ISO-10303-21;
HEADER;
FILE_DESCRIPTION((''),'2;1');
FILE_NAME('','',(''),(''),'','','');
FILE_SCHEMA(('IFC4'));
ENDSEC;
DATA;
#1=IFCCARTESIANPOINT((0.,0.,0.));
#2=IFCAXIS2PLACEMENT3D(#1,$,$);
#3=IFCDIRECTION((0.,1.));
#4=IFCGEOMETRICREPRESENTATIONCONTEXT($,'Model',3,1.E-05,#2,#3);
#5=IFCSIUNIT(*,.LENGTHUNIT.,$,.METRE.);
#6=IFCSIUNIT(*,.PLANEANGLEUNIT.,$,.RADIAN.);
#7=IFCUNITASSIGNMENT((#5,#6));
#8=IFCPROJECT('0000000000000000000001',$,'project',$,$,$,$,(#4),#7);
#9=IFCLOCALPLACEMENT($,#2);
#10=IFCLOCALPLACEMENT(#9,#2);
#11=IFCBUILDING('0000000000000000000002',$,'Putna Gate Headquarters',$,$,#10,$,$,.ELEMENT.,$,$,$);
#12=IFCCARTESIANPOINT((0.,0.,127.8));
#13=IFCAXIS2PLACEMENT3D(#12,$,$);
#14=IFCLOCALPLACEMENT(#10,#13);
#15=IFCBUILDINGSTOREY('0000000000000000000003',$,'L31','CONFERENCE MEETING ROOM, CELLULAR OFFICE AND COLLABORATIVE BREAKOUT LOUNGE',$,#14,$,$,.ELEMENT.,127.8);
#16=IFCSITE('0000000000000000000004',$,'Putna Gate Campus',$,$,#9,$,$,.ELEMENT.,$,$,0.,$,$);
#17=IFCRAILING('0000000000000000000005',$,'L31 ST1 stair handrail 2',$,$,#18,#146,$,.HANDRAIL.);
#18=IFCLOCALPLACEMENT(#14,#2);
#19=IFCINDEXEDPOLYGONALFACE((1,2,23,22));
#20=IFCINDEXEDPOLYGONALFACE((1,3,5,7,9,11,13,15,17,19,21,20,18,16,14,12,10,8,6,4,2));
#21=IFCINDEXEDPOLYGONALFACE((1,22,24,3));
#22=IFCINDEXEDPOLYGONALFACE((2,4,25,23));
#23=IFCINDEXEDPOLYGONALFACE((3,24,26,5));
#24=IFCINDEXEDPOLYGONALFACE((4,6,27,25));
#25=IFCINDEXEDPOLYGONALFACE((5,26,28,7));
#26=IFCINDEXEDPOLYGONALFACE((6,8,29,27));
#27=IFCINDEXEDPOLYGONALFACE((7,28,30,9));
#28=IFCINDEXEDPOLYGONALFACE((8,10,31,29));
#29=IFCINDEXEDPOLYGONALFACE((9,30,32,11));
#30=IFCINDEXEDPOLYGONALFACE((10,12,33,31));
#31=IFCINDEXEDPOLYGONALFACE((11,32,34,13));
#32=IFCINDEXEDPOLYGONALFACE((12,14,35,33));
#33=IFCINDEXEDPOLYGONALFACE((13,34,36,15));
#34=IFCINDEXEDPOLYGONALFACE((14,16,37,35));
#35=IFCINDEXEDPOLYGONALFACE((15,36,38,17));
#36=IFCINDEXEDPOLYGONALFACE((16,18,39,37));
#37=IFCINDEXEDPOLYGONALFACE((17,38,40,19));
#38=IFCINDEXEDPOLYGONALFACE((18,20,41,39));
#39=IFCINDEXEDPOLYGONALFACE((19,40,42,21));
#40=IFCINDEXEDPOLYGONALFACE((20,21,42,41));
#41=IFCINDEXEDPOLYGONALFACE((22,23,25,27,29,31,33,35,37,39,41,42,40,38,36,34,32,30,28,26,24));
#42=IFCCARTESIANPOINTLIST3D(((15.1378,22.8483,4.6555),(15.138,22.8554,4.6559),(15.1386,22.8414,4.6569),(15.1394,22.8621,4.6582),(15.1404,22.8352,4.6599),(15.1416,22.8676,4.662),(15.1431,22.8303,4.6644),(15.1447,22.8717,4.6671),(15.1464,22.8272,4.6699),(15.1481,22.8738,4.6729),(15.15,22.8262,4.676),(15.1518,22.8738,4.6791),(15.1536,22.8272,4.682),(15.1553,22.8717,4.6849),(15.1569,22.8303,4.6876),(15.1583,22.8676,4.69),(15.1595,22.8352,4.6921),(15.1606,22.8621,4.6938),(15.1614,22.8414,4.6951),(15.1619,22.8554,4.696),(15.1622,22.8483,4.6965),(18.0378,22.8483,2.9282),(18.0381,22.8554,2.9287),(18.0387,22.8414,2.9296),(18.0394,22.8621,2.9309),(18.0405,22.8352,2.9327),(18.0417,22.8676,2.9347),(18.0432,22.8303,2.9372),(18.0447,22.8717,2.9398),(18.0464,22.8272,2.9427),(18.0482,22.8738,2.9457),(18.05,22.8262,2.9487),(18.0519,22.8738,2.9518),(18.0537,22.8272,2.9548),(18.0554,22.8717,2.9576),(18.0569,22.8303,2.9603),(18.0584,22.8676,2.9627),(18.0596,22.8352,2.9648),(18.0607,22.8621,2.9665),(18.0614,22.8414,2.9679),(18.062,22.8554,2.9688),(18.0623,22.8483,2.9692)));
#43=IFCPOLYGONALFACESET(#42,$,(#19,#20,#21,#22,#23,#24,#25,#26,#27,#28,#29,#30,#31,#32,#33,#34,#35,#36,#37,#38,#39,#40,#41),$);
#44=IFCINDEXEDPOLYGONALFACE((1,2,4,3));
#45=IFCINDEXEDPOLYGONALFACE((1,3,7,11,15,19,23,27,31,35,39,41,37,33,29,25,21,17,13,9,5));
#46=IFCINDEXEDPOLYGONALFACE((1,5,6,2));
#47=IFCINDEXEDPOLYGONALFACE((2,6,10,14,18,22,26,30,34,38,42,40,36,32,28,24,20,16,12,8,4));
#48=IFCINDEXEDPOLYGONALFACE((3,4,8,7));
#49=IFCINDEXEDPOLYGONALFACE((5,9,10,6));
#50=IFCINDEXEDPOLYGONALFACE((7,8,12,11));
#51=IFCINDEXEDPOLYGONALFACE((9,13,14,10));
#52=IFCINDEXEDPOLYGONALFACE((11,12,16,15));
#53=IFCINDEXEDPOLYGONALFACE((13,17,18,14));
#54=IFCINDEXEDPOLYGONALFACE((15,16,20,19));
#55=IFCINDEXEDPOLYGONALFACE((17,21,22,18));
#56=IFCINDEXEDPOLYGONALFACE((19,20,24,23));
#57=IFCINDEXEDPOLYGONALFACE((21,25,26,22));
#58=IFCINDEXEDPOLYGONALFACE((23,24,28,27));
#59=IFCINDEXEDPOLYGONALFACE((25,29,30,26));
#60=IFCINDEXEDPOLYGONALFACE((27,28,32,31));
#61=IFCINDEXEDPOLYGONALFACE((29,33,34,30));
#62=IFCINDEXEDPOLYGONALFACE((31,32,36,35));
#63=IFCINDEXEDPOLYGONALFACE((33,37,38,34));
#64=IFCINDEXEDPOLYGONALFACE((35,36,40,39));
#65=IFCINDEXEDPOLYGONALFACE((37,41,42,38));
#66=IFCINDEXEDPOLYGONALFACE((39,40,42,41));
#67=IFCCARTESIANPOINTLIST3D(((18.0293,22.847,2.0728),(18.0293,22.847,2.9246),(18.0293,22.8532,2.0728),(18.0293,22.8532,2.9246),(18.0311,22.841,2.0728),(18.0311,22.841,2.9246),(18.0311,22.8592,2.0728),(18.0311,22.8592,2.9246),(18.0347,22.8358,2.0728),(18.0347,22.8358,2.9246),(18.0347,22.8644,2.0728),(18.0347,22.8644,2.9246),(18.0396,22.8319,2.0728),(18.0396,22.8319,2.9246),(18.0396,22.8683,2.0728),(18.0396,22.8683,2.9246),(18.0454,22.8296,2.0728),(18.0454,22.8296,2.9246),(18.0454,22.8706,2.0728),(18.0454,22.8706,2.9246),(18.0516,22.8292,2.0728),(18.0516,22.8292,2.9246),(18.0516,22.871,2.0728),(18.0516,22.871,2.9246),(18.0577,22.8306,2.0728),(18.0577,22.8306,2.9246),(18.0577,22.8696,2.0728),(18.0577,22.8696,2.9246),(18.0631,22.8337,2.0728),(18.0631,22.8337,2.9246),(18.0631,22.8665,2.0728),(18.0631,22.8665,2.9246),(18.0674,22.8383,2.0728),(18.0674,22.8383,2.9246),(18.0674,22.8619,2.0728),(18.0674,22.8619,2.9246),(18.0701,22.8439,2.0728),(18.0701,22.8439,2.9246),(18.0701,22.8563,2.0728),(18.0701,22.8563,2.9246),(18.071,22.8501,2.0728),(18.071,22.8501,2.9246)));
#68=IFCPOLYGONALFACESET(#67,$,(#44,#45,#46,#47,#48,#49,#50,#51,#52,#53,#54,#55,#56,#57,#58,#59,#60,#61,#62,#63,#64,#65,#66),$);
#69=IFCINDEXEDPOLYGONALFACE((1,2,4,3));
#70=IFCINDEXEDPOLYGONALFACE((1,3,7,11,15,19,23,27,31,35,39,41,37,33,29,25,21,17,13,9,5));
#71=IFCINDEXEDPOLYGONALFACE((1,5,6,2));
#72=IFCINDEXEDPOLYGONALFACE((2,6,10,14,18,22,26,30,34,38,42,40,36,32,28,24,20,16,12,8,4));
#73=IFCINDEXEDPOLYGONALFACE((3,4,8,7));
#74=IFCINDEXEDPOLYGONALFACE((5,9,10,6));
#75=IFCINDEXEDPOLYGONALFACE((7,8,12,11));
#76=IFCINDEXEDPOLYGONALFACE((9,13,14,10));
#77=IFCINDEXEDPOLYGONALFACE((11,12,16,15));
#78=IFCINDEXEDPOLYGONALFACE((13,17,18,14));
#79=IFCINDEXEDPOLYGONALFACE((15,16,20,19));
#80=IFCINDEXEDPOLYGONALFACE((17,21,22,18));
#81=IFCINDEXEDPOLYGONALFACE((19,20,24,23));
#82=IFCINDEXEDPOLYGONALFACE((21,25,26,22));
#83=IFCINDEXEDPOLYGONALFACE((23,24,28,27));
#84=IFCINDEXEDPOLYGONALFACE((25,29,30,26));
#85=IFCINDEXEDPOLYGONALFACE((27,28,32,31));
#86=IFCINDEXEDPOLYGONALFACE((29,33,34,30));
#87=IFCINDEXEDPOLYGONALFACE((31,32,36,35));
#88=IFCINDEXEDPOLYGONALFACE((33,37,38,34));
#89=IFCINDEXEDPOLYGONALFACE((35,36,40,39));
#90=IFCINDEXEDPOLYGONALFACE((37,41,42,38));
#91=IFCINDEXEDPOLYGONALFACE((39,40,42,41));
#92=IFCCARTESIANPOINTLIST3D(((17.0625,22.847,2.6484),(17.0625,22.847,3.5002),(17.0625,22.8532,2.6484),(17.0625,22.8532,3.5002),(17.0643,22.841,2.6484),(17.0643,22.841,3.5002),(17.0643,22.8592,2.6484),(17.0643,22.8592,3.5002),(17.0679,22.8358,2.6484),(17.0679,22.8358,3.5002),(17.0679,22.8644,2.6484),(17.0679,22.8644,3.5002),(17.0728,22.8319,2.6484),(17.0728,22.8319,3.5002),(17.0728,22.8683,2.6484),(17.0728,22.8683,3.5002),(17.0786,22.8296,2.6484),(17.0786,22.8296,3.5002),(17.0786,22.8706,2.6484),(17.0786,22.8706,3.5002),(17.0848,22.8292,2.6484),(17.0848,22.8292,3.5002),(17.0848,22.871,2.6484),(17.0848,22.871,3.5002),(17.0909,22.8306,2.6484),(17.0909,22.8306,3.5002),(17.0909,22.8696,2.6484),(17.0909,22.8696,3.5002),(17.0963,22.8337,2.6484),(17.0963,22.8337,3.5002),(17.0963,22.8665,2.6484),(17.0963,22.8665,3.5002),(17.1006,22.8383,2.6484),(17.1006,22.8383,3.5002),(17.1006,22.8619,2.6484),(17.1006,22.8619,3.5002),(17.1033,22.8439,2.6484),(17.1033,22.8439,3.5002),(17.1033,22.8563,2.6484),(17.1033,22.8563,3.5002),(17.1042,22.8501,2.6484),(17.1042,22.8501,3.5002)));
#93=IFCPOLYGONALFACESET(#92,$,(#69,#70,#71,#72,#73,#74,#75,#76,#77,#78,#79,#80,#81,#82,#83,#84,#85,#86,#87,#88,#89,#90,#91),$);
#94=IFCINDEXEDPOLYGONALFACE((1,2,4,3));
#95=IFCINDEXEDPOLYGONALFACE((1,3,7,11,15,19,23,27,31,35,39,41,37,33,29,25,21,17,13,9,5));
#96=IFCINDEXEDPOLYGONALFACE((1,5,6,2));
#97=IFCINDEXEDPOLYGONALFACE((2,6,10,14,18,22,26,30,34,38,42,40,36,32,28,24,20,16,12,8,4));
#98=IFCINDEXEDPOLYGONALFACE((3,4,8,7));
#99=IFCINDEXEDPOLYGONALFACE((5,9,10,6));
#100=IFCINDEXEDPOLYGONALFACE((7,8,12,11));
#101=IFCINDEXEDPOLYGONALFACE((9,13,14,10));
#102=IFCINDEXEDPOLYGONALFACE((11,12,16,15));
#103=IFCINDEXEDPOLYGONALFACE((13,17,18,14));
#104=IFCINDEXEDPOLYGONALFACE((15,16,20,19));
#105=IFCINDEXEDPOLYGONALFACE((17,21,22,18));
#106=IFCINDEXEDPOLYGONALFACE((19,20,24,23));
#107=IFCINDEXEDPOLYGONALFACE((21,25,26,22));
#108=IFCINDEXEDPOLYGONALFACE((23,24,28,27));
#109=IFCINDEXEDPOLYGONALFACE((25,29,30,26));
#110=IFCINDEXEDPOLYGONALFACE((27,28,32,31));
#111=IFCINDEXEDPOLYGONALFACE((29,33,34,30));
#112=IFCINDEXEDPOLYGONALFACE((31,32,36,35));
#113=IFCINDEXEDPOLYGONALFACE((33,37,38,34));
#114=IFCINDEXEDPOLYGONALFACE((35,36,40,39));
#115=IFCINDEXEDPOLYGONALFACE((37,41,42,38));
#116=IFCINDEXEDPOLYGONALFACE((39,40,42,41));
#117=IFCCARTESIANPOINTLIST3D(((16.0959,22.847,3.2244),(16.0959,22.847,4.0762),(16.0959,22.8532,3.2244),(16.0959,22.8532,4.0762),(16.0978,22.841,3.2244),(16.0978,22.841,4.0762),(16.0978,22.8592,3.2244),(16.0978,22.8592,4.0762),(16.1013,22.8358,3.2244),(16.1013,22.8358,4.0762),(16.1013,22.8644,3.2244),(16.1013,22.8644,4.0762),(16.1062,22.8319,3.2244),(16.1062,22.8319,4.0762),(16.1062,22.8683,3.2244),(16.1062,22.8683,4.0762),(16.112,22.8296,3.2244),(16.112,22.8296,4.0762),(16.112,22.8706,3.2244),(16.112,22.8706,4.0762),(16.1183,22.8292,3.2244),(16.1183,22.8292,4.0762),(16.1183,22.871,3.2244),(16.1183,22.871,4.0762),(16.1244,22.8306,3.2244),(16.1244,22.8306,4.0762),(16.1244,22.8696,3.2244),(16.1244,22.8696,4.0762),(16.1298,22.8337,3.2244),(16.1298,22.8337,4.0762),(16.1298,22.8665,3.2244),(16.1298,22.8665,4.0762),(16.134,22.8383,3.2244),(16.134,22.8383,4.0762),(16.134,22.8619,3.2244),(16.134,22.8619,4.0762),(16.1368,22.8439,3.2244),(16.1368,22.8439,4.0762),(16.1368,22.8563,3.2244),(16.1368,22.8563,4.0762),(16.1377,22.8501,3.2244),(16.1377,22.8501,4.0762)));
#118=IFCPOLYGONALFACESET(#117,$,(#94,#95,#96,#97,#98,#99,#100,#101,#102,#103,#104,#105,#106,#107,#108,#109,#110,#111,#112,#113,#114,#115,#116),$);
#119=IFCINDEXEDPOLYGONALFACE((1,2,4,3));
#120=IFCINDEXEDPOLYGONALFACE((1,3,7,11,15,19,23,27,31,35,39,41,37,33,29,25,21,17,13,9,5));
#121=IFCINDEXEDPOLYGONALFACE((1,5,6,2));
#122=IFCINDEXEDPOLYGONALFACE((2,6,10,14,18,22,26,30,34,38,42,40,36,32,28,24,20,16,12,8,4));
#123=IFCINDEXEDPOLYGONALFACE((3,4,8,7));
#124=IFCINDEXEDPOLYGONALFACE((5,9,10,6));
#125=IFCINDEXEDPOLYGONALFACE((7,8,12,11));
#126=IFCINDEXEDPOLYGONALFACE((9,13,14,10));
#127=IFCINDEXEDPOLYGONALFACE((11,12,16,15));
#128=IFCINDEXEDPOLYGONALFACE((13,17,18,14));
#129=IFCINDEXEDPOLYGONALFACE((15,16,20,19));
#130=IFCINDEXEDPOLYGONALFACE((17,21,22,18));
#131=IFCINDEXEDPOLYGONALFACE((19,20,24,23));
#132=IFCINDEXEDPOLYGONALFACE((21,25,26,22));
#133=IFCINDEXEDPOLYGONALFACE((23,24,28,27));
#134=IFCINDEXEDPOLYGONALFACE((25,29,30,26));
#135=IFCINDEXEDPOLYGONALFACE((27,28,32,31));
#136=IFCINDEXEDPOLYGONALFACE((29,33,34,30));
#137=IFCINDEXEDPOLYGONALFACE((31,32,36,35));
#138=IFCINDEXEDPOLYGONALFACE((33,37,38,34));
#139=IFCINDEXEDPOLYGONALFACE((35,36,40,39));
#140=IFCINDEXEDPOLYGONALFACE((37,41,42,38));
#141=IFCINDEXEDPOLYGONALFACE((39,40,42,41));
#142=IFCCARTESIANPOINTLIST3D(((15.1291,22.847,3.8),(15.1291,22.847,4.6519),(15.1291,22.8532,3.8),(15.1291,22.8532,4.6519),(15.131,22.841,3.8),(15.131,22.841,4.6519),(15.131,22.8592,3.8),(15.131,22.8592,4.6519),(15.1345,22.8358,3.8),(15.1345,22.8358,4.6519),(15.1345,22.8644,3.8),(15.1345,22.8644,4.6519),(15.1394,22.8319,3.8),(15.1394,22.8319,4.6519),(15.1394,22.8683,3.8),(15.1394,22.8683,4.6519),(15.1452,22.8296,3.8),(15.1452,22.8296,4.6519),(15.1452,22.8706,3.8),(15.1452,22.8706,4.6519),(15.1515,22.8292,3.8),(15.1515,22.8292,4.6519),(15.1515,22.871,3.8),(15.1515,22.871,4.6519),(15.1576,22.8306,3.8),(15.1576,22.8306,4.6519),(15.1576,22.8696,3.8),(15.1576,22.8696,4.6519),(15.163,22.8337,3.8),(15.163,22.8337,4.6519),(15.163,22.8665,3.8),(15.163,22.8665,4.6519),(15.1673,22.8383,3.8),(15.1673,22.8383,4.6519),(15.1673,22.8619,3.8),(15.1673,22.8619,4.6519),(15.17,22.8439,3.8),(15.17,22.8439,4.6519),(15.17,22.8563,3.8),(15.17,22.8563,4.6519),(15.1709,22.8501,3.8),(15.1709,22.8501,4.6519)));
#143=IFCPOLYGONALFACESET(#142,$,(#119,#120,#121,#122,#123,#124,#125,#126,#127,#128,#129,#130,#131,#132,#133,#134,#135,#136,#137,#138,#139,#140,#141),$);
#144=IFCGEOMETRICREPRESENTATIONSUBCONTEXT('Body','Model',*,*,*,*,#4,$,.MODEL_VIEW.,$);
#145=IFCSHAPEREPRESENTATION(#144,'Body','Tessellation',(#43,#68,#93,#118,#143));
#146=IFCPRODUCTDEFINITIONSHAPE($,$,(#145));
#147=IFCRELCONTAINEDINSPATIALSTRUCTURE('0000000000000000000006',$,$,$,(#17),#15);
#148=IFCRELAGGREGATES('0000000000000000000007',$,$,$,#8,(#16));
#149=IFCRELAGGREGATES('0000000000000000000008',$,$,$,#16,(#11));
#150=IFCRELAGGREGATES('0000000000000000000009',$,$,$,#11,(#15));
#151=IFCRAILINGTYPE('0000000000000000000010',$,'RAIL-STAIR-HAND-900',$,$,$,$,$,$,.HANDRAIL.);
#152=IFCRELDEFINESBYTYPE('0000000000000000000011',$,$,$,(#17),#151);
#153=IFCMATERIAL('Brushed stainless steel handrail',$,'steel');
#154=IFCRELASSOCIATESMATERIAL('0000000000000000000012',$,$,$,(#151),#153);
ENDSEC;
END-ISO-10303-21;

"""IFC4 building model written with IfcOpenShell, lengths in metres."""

from ifc_helpers import new_model, si_unit, direction, frame, origin, origin_2d, place, context, subcontext, project, spatial, circle, extrude, material, type_object, element, save


model = new_model("IFC4")

# Units and contexts
model_context = context("Model", 3, precision=1e-05, world=origin(), true_north=direction((0.0, 1.0)))
body_context = subcontext(model_context, "Body", "Model", "MODEL_VIEW")
ifc_project = project(units=[si_unit("LENGTHUNIT", "METRE"), si_unit("PLANEANGLEUNIT", "RADIAN")], contexts=[model_context])

# Site, building, storey
site_placement = place(None, origin())
site = spatial("IfcSite", under=ifc_project, at=site_placement, Name="Putna Gate Campus", CompositionType="ELEMENT", RefElevation=0.0)
building_placement = place(site_placement, origin())
building = spatial("IfcBuilding", under=site, at=building_placement, Name="Putna Gate Headquarters", CompositionType="ELEMENT")
storey_placement = place(building_placement, frame((0.0, 0.0, 127.8)))
storey = spatial("IfcBuildingStorey", under=building, at=storey_placement, Name="L31", Description="CONFERENCE MEETING ROOM, CELLULAR OFFICE AND COLLABORATIVE BREAKOUT LOUNGE", CompositionType="ELEMENT", Elevation=127.8)

# Railing
ifc_material_1 = material(Name="Brushed stainless steel handrail", Category="steel")
railing_type_1 = type_object("IfcRailingType", Name="RAIL-STAIR-HAND-900", PredefinedType="HANDRAIL", material=ifc_material_1)
railing_1_placement = place(storey_placement, frame((18.05, 22.8501, 2.0728)))
element("IfcRailing", 1, at=railing_1_placement, inside=storey, type_object=railing_type_1, Name="L31 ST1 stair handrail 2", PredefinedType="HANDRAIL", context=body_context, shape_type="SweptSolid", body=[
    extrude(circle(Radius=0.0239, at=origin_2d()), frame((0.0, 0.0, 0.876), z_axis=(-0.85916, 0.0, 0.511706), x_axis=(0.0, -1.0, 0.0)), (0.0, 0.0, 1.0), 3.3755),
    extrude(circle(Radius=0.021, at=origin_2d()), origin(), (0.0, 0.0, 1.0), 0.8518),
    extrude(circle(Radius=0.021, at=origin_2d()), frame((-0.9668, 0.0, 0.5757)), (0.0, 0.0, 1.0), 0.8518),
    extrude(circle(Radius=0.021, at=origin_2d()), frame((-1.9333, 0.0, 1.1516)), (0.0, 0.0, 1.0), 0.8518),
    extrude(circle(Radius=0.021, at=origin_2d()), frame((-2.9001, 0.0, 1.7273)), (0.0, 0.0, 1.0), 0.8518),
])

save(model, "model.ifc")
